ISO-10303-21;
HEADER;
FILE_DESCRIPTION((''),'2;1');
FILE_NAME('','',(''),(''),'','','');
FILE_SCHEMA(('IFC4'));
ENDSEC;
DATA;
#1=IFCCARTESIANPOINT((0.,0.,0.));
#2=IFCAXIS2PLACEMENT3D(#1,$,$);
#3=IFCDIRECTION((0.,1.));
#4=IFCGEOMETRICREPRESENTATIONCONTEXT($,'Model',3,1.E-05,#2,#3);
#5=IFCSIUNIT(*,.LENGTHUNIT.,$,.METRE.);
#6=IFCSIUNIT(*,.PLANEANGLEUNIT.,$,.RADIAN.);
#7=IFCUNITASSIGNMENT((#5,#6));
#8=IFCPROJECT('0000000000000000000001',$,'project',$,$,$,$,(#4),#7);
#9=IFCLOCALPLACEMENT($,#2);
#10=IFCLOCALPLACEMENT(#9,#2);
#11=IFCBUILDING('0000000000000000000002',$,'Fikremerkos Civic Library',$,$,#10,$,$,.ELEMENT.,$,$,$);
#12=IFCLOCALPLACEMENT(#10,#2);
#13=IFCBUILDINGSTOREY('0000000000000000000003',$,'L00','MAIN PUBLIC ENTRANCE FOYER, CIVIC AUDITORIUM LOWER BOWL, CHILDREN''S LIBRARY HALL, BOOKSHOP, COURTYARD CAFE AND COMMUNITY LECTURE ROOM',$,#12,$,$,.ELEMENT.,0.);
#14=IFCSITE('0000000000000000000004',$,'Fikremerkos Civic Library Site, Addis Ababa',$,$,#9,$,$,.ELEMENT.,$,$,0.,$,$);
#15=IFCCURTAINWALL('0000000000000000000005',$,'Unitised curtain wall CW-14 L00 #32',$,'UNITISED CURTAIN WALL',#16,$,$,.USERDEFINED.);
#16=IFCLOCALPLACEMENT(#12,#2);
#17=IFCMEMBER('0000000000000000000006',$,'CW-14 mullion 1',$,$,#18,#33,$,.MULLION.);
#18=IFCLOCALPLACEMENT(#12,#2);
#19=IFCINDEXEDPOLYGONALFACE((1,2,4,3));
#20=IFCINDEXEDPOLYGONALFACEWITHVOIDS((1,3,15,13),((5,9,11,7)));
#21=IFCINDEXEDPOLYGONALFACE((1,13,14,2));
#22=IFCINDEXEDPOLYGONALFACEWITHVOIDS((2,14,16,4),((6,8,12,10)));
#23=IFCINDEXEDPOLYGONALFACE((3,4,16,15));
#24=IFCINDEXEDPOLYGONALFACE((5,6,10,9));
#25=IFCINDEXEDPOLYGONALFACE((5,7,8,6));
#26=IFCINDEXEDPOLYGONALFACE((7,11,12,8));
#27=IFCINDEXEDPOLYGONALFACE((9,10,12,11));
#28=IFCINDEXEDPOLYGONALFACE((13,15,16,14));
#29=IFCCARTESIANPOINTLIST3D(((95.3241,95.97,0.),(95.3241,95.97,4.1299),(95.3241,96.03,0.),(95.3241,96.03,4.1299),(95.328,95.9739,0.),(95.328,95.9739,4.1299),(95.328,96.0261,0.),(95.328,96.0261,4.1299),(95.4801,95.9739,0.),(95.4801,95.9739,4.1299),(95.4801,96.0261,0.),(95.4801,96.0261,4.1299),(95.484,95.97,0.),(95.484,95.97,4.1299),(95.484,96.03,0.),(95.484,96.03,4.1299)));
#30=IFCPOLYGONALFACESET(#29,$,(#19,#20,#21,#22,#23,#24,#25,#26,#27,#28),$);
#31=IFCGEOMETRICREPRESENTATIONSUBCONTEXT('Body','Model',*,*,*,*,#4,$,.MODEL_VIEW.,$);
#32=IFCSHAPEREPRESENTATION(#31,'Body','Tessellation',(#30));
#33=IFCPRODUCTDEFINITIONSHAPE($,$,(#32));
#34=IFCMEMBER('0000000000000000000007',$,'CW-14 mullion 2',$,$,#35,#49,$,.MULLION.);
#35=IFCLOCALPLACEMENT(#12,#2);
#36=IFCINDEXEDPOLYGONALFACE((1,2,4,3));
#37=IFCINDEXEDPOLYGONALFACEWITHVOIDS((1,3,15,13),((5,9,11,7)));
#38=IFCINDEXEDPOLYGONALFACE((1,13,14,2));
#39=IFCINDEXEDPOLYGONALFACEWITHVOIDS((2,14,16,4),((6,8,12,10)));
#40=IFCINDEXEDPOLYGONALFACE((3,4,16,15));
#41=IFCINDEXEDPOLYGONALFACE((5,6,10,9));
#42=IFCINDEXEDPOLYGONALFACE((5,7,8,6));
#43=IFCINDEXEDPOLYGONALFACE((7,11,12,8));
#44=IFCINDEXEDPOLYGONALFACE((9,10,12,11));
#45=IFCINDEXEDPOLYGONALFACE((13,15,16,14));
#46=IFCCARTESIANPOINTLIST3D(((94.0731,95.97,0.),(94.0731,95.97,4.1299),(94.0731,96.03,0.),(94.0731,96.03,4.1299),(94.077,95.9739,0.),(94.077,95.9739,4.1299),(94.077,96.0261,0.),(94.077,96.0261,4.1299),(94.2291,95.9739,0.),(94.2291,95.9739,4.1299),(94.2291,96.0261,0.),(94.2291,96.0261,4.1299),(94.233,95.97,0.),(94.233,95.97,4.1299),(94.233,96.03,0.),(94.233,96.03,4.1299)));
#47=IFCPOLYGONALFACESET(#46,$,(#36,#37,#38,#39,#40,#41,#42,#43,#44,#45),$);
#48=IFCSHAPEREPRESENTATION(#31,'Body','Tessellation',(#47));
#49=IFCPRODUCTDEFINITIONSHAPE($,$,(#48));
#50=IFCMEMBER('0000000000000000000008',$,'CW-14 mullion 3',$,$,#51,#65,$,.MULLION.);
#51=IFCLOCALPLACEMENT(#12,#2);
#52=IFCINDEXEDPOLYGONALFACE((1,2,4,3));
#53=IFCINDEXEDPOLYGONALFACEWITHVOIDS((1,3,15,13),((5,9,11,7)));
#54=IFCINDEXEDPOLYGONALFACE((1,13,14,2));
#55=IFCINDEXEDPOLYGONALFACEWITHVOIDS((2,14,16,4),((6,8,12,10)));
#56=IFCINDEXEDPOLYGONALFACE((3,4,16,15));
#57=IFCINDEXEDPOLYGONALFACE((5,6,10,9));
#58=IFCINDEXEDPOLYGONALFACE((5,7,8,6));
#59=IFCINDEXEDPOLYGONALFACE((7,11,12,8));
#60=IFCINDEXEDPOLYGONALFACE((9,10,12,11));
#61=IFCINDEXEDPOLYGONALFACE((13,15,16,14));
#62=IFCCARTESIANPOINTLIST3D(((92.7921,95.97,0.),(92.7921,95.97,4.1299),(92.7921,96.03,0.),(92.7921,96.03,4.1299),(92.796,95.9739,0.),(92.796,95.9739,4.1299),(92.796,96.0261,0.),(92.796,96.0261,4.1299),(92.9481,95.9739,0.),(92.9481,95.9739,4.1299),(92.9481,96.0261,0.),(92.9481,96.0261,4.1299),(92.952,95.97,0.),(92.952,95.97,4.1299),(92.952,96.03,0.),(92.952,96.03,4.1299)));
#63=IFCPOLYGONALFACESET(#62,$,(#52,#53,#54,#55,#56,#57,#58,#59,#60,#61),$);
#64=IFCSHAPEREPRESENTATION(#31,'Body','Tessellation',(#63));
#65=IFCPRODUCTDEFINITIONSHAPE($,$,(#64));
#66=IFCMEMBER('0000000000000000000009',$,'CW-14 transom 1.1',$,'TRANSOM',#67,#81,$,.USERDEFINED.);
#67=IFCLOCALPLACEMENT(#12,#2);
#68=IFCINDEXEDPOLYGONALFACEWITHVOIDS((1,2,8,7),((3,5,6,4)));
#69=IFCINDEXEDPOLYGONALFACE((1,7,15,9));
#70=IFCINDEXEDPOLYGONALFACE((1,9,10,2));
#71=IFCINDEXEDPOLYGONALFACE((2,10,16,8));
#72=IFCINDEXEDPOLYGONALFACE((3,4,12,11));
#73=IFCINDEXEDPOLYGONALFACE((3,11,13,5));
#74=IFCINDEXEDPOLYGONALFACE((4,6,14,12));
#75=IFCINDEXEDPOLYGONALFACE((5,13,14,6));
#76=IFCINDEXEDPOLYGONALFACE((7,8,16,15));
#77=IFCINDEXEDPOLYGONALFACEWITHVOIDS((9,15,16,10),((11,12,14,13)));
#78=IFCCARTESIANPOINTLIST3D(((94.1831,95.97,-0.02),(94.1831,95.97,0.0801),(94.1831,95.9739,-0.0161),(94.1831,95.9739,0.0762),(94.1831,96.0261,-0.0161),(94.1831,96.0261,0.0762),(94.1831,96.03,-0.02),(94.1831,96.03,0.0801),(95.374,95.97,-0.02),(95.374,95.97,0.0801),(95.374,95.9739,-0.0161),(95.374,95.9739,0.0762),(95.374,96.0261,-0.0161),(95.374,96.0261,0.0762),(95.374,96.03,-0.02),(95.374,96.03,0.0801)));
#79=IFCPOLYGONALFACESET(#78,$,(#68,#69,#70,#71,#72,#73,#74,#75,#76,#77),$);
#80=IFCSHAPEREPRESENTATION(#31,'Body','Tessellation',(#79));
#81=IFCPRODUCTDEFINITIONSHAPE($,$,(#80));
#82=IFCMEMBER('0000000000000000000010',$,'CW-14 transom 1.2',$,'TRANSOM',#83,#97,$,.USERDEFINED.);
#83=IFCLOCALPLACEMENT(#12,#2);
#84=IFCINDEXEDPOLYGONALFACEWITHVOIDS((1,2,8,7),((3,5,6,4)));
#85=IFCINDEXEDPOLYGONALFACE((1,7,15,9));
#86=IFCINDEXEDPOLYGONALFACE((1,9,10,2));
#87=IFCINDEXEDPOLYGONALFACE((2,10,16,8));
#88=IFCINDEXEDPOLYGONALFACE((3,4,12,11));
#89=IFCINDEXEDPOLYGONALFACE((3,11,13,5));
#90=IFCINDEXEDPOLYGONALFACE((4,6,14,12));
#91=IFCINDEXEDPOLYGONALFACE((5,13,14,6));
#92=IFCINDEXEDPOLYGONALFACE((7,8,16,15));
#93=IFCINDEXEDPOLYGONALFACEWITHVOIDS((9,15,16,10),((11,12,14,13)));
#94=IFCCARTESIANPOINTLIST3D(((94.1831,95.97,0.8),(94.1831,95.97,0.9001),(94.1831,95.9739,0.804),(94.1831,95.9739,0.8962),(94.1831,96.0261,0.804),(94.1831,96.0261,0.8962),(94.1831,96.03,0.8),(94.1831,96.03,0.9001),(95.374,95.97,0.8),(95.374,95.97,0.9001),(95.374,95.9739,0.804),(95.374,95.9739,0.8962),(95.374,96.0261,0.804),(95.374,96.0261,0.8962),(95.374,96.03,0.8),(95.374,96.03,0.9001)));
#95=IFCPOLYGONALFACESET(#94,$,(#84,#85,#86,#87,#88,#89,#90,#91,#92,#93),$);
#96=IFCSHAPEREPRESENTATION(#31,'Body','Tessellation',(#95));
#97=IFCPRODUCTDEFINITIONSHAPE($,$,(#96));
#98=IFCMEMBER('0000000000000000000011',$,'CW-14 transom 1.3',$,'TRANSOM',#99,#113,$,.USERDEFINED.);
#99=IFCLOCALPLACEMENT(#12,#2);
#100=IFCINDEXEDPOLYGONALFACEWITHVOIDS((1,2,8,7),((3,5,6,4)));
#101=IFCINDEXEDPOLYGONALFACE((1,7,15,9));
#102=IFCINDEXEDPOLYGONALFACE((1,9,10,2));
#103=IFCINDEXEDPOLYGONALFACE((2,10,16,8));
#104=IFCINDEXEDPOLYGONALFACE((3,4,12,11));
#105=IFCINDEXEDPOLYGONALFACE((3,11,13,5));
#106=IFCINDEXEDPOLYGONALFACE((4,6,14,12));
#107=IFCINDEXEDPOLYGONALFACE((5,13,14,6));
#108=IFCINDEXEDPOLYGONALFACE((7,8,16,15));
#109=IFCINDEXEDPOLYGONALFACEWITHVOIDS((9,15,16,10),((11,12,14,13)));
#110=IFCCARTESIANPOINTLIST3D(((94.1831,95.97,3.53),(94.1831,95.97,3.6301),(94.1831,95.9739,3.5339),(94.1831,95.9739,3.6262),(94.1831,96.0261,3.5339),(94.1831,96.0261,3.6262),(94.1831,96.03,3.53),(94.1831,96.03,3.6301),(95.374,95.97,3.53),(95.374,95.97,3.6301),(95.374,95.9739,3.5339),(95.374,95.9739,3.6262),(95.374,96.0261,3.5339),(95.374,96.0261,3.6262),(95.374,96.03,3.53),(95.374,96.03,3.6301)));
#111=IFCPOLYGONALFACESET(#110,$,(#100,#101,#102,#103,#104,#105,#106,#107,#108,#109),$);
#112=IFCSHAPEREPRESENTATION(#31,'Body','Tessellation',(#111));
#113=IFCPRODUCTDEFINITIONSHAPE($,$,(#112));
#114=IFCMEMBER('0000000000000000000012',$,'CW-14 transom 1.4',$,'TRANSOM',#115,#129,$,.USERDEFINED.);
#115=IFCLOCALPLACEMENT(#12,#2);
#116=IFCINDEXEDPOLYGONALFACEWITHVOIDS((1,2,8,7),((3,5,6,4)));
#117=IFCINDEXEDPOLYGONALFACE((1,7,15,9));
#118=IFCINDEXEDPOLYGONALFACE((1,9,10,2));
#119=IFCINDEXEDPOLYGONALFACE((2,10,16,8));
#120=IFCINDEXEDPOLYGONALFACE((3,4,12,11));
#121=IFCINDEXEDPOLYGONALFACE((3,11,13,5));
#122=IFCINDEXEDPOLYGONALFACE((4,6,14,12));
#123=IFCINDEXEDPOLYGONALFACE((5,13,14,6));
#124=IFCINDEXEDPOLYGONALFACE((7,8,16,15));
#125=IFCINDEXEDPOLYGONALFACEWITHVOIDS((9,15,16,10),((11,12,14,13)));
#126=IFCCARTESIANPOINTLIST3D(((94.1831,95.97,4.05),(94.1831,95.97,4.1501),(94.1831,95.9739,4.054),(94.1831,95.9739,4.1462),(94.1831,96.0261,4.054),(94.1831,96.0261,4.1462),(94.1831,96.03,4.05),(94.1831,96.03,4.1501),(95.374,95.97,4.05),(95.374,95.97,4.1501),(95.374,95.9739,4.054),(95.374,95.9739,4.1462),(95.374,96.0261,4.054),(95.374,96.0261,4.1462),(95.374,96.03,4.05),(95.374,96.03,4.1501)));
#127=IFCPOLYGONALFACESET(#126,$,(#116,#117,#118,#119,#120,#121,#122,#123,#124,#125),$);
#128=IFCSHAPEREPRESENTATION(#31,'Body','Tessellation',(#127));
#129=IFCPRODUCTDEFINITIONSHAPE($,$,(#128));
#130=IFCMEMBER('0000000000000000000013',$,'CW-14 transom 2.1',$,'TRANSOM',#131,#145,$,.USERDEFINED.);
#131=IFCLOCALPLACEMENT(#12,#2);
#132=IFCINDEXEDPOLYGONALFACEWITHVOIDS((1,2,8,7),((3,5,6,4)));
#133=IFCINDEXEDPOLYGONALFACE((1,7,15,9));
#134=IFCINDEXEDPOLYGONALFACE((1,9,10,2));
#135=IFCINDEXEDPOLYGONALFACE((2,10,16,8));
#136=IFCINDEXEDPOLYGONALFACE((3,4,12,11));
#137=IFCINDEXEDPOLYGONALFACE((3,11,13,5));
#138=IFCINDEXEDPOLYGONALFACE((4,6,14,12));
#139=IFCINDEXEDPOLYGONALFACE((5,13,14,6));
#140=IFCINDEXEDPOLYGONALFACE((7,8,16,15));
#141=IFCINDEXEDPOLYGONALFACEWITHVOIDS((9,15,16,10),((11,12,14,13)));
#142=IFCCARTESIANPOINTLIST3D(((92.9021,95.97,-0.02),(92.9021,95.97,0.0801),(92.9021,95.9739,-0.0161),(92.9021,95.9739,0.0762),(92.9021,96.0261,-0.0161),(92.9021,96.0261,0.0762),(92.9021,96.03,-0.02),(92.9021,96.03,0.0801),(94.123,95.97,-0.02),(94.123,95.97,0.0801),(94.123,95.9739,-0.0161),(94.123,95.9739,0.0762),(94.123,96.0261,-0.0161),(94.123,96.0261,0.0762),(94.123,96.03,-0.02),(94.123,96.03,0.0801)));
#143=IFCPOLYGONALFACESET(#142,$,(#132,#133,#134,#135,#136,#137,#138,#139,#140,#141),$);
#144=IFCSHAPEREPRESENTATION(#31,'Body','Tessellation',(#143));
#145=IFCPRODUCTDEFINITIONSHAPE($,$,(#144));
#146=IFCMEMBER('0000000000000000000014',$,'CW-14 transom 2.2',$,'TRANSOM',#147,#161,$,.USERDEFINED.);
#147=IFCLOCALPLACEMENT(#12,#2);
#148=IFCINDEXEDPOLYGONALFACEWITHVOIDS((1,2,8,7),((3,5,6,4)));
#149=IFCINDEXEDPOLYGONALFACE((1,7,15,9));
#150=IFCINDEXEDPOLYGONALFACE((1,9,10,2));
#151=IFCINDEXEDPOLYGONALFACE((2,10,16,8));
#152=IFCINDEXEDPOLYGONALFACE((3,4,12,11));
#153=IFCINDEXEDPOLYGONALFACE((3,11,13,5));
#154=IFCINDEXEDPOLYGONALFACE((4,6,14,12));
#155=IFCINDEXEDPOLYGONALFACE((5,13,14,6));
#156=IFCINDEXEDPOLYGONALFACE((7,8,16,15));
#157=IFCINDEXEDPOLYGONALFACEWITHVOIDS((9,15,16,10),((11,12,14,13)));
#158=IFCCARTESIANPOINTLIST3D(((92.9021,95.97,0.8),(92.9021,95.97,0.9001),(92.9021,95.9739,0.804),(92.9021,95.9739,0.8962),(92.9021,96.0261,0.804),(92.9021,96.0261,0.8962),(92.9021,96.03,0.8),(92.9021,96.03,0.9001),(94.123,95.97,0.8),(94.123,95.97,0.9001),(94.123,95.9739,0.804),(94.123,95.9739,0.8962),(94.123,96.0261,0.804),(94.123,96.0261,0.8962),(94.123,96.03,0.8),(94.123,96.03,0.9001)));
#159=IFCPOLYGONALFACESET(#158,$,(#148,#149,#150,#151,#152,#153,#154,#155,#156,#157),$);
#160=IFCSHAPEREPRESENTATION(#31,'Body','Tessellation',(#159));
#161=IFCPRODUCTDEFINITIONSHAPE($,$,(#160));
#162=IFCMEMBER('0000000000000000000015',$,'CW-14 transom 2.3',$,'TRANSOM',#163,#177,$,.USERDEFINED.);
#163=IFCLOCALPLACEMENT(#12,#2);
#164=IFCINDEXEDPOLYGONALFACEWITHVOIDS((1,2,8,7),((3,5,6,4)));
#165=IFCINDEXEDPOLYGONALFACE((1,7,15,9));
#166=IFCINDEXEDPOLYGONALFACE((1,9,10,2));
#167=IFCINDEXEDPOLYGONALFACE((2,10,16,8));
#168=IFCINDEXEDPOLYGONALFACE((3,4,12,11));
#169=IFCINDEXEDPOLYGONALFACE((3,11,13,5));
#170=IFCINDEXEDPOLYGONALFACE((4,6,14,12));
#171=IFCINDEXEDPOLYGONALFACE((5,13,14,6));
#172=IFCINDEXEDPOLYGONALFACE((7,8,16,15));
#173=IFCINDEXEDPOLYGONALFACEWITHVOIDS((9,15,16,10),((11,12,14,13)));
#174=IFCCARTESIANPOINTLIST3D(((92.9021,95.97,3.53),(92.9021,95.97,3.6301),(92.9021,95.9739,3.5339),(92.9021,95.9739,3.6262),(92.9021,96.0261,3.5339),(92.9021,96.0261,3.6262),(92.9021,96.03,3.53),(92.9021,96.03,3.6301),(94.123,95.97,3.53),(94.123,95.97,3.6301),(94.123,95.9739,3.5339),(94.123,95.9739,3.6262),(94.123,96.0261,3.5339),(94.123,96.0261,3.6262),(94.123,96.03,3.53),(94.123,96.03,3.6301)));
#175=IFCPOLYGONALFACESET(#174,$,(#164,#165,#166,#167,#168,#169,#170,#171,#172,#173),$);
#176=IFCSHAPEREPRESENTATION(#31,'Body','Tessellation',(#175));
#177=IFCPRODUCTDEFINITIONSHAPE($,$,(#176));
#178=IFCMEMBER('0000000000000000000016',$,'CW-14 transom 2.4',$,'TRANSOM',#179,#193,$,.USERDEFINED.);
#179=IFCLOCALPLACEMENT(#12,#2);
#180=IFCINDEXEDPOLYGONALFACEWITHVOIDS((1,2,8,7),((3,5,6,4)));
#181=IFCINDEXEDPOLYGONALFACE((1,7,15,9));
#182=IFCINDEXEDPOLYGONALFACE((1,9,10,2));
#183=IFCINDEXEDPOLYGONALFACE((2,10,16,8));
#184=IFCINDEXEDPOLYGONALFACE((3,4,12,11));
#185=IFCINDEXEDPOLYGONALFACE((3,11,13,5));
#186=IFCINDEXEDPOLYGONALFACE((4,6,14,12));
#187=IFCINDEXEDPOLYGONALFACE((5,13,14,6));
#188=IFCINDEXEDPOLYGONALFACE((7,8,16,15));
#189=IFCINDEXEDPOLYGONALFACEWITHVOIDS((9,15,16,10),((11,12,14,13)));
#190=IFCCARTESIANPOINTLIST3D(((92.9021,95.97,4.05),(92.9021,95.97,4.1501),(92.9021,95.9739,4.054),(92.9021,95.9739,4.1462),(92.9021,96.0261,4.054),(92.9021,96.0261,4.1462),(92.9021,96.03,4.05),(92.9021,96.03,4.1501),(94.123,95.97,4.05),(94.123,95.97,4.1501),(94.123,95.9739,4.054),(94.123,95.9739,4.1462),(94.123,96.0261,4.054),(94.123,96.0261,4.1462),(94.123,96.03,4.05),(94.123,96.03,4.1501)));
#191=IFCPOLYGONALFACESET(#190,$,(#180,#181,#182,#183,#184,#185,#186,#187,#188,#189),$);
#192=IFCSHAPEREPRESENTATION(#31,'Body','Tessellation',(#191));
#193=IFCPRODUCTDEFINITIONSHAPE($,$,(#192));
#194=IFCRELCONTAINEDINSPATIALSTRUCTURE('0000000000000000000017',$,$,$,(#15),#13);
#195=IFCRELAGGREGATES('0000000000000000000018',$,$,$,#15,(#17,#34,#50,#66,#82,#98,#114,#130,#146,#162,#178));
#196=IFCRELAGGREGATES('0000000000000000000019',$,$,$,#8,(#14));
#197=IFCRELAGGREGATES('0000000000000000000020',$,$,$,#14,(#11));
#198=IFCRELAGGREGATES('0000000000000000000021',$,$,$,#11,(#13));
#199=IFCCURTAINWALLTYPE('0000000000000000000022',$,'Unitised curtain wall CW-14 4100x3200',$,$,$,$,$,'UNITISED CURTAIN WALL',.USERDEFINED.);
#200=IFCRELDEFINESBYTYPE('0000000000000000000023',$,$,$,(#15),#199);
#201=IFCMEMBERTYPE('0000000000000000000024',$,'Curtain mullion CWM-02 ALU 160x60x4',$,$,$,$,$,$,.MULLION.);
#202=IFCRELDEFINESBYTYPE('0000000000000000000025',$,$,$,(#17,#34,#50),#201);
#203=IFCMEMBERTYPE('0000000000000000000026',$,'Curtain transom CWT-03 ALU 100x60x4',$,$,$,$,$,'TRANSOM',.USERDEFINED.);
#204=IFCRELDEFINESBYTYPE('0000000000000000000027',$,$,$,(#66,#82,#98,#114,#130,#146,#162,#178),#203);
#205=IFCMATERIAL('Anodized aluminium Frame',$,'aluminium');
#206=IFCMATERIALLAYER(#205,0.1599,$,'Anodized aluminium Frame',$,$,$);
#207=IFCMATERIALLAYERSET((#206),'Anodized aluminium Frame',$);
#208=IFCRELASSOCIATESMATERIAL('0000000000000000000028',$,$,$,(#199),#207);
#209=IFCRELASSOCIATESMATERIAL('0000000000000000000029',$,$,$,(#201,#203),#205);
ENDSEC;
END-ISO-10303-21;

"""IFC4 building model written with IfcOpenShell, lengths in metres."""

from ifc_helpers import new_model, si_unit, direction, frame, origin, origin_2d, place, context, subcontext, project, spatial, hollow_rectangle, extrude, material, layer, layer_set, material_profile, profile_set, type_object, element, aggregate, save


model = new_model("IFC4")

# Units and contexts
model_context = context("Model", 3, precision=1e-05, world=origin(), true_north=direction((0.0, 1.0)))
body_context = subcontext(model_context, "Body", "Model", "MODEL_VIEW")
ifc_project = project(units=[si_unit("LENGTHUNIT", "METRE"), si_unit("PLANEANGLEUNIT", "RADIAN")], contexts=[model_context])

# Site, building, storey
site_placement = place(None, origin())
site = spatial("IfcSite", under=ifc_project, at=site_placement, Name="Fikremerkos Civic Library Site, Addis Ababa", CompositionType="ELEMENT", RefElevation=0.0)
building_placement = place(site_placement, origin())
building = spatial("IfcBuilding", under=site, at=building_placement, Name="Fikremerkos Civic Library", CompositionType="ELEMENT")
storey_placement = place(building_placement, origin())
storey = spatial("IfcBuildingStorey", under=building, at=storey_placement, Name="L00", Description="MAIN PUBLIC ENTRANCE FOYER, CIVIC AUDITORIUM LOWER BOWL, CHILDREN'S LIBRARY HALL, BOOKSHOP, COURTYARD CAFE AND COMMUNITY LECTURE ROOM", CompositionType="ELEMENT", Elevation=0.0)

# Curtain wall, members
ifc_material_1 = material(Name="Anodized aluminium Frame", Category="aluminium")
ifc_layer_1 = layer(ifc_material_1, 0.1599, Name="Anodized aluminium Frame")
ifc_layer_set_1 = layer_set([ifc_layer_1], Name="Anodized aluminium Frame")
curtain_wall_type = type_object("IfcCurtainWallType", Name="Unitised curtain wall CW-14 4100x3200", ElementType="UNITISED CURTAIN WALL", PredefinedType="USERDEFINED", material=ifc_layer_set_1)
curtain_wall_placement = place(storey_placement, origin())
curtain_wall = element("IfcCurtainWall", 1, at=curtain_wall_placement, inside=storey, type_object=curtain_wall_type, Name="Unitised curtain wall CW-14 L00 #32", ObjectType="UNITISED CURTAIN WALL", PredefinedType="USERDEFINED")
ifc_material_profile_1 = material_profile(ifc_material_1, hollow_rectangle(XDim=0.0601, YDim=0.1599, WallThickness=0.0039, at=origin_2d()), Name="ALU 160x60x4")
ifc_profile_set_1 = profile_set([ifc_material_profile_1], Name="Anodized aluminium Frame")
member_type_1 = type_object("IfcMemberType", Name="Curtain mullion CWM-02 ALU 160x60x4", PredefinedType="MULLION", material=ifc_profile_set_1)
member_1_placement = place(storey_placement, frame((95.4041, 96.0, 0.0), z_axis=(0.0, 0.0, 1.0), x_axis=(0.0, -1.0, 0.0)))
member_1 = element("IfcMember", 2, at=member_1_placement, type_object=member_type_1, Name="CW-14 mullion 1", PredefinedType="MULLION", context=body_context, shape_type="SweptSolid", body=[
    extrude(hollow_rectangle(XDim=0.0601, YDim=0.1599, WallThickness=0.0039, at=origin_2d()), origin(), (0.0, 0.0, 1.0), 4.1299),
])
member_2_placement = place(storey_placement, frame((94.1531, 96.0, 0.0), z_axis=(0.0, 0.0, 1.0), x_axis=(0.0, -1.0, 0.0)))
member_2 = element("IfcMember", 3, at=member_2_placement, type_object=member_type_1, Name="CW-14 mullion 2", PredefinedType="MULLION", context=body_context, shape_type="SweptSolid", body=[
    extrude(hollow_rectangle(XDim=0.0601, YDim=0.1599, WallThickness=0.0039, at=origin_2d()), origin(), (0.0, 0.0, 1.0), 4.1299),
])
member_3_placement = place(storey_placement, frame((92.8721, 96.0, 0.0), z_axis=(0.0, 0.0, 1.0), x_axis=(0.0, -1.0, 0.0)))
member_3 = element("IfcMember", 4, at=member_3_placement, type_object=member_type_1, Name="CW-14 mullion 3", PredefinedType="MULLION", context=body_context, shape_type="SweptSolid", body=[
    extrude(hollow_rectangle(XDim=0.0601, YDim=0.1599, WallThickness=0.0039, at=origin_2d()), origin(), (0.0, 0.0, 1.0), 4.1299),
])
ifc_material_profile_2 = material_profile(ifc_material_1, hollow_rectangle(XDim=0.0601, YDim=0.1001, WallThickness=0.0039, at=origin_2d()), Name="ALU 100x60x4")
ifc_profile_set_2 = profile_set([ifc_material_profile_2], Name="Anodized aluminium Frame")
member_type_2 = type_object("IfcMemberType", Name="Curtain transom CWT-03 ALU 100x60x4", ElementType="TRANSOM", PredefinedType="USERDEFINED", material=ifc_profile_set_2)
member_4_placement = place(storey_placement, frame((95.374, 96.0, 0.03), z_axis=(-1.0, 0.0, 0.0), x_axis=(0.0, -1.0, 0.0)))
member_4 = element("IfcMember", 5, at=member_4_placement, type_object=member_type_2, Name="CW-14 transom 1.1", ObjectType="TRANSOM", PredefinedType="USERDEFINED", context=body_context, shape_type="SweptSolid", body=[
    extrude(hollow_rectangle(XDim=0.0601, YDim=0.1001, WallThickness=0.0039, at=origin_2d()), origin(), (0.0, 0.0, 1.0), 1.1909),
])
member_5_placement = place(storey_placement, frame((95.374, 96.0, 0.8501), z_axis=(-1.0, 0.0, 0.0), x_axis=(0.0, -1.0, 0.0)))
member_5 = element("IfcMember", 6, at=member_5_placement, type_object=member_type_2, Name="CW-14 transom 1.2", ObjectType="TRANSOM", PredefinedType="USERDEFINED", context=body_context, shape_type="SweptSolid", body=[
    extrude(hollow_rectangle(XDim=0.0601, YDim=0.1001, WallThickness=0.0039, at=origin_2d()), origin(), (0.0, 0.0, 1.0), 1.1909),
])
member_6_placement = place(storey_placement, frame((95.374, 96.0, 3.5801), z_axis=(-1.0, 0.0, 0.0), x_axis=(0.0, -1.0, 0.0)))
member_6 = element("IfcMember", 7, at=member_6_placement, type_object=member_type_2, Name="CW-14 transom 1.3", ObjectType="TRANSOM", PredefinedType="USERDEFINED", context=body_context, shape_type="SweptSolid", body=[
    extrude(hollow_rectangle(XDim=0.0601, YDim=0.1001, WallThickness=0.0039, at=origin_2d()), origin(), (0.0, 0.0, 1.0), 1.1909),
])
member_7_placement = place(storey_placement, frame((95.374, 96.0, 4.1001), z_axis=(-1.0, 0.0, 0.0), x_axis=(0.0, -1.0, 0.0)))
member_7 = element("IfcMember", 8, at=member_7_placement, type_object=member_type_2, Name="CW-14 transom 1.4", ObjectType="TRANSOM", PredefinedType="USERDEFINED", context=body_context, shape_type="SweptSolid", body=[
    extrude(hollow_rectangle(XDim=0.0601, YDim=0.1001, WallThickness=0.0039, at=origin_2d()), origin(), (0.0, 0.0, 1.0), 1.1909),
])
member_8_placement = place(storey_placement, frame((94.123, 96.0, 0.03), z_axis=(-1.0, 0.0, 0.0), x_axis=(0.0, -1.0, 0.0)))
member_8 = element("IfcMember", 9, at=member_8_placement, type_object=member_type_2, Name="CW-14 transom 2.1", ObjectType="TRANSOM", PredefinedType="USERDEFINED", context=body_context, shape_type="SweptSolid", body=[
    extrude(hollow_rectangle(XDim=0.0601, YDim=0.1001, WallThickness=0.0039, at=origin_2d()), origin(), (0.0, 0.0, 1.0), 1.2209),
])
member_9_placement = place(storey_placement, frame((94.123, 96.0, 0.8501), z_axis=(-1.0, 0.0, 0.0), x_axis=(0.0, -1.0, 0.0)))
member_9 = element("IfcMember", 10, at=member_9_placement, type_object=member_type_2, Name="CW-14 transom 2.2", ObjectType="TRANSOM", PredefinedType="USERDEFINED", context=body_context, shape_type="SweptSolid", body=[
    extrude(hollow_rectangle(XDim=0.0601, YDim=0.1001, WallThickness=0.0039, at=origin_2d()), origin(), (0.0, 0.0, 1.0), 1.2209),
])
member_10_placement = place(storey_placement, frame((94.123, 96.0, 3.5801), z_axis=(-1.0, 0.0, 0.0), x_axis=(0.0, -1.0, 0.0)))
member_10 = element("IfcMember", 11, at=member_10_placement, type_object=member_type_2, Name="CW-14 transom 2.3", ObjectType="TRANSOM", PredefinedType="USERDEFINED", context=body_context, shape_type="SweptSolid", body=[
    extrude(hollow_rectangle(XDim=0.0601, YDim=0.1001, WallThickness=0.0039, at=origin_2d()), origin(), (0.0, 0.0, 1.0), 1.2209),
])
member_11_placement = place(storey_placement, frame((94.123, 96.0, 4.1001), z_axis=(-1.0, 0.0, 0.0), x_axis=(0.0, -1.0, 0.0)))
member_11 = element("IfcMember", 12, at=member_11_placement, type_object=member_type_2, Name="CW-14 transom 2.4", ObjectType="TRANSOM", PredefinedType="USERDEFINED", context=body_context, shape_type="SweptSolid", body=[
    extrude(hollow_rectangle(XDim=0.0601, YDim=0.1001, WallThickness=0.0039, at=origin_2d()), origin(), (0.0, 0.0, 1.0), 1.2209),
])
aggregate(curtain_wall, [member_1, member_2, member_3, member_4, member_5, member_6, member_7, member_8, member_9, member_10, member_11])

save(model, "model.ifc")
